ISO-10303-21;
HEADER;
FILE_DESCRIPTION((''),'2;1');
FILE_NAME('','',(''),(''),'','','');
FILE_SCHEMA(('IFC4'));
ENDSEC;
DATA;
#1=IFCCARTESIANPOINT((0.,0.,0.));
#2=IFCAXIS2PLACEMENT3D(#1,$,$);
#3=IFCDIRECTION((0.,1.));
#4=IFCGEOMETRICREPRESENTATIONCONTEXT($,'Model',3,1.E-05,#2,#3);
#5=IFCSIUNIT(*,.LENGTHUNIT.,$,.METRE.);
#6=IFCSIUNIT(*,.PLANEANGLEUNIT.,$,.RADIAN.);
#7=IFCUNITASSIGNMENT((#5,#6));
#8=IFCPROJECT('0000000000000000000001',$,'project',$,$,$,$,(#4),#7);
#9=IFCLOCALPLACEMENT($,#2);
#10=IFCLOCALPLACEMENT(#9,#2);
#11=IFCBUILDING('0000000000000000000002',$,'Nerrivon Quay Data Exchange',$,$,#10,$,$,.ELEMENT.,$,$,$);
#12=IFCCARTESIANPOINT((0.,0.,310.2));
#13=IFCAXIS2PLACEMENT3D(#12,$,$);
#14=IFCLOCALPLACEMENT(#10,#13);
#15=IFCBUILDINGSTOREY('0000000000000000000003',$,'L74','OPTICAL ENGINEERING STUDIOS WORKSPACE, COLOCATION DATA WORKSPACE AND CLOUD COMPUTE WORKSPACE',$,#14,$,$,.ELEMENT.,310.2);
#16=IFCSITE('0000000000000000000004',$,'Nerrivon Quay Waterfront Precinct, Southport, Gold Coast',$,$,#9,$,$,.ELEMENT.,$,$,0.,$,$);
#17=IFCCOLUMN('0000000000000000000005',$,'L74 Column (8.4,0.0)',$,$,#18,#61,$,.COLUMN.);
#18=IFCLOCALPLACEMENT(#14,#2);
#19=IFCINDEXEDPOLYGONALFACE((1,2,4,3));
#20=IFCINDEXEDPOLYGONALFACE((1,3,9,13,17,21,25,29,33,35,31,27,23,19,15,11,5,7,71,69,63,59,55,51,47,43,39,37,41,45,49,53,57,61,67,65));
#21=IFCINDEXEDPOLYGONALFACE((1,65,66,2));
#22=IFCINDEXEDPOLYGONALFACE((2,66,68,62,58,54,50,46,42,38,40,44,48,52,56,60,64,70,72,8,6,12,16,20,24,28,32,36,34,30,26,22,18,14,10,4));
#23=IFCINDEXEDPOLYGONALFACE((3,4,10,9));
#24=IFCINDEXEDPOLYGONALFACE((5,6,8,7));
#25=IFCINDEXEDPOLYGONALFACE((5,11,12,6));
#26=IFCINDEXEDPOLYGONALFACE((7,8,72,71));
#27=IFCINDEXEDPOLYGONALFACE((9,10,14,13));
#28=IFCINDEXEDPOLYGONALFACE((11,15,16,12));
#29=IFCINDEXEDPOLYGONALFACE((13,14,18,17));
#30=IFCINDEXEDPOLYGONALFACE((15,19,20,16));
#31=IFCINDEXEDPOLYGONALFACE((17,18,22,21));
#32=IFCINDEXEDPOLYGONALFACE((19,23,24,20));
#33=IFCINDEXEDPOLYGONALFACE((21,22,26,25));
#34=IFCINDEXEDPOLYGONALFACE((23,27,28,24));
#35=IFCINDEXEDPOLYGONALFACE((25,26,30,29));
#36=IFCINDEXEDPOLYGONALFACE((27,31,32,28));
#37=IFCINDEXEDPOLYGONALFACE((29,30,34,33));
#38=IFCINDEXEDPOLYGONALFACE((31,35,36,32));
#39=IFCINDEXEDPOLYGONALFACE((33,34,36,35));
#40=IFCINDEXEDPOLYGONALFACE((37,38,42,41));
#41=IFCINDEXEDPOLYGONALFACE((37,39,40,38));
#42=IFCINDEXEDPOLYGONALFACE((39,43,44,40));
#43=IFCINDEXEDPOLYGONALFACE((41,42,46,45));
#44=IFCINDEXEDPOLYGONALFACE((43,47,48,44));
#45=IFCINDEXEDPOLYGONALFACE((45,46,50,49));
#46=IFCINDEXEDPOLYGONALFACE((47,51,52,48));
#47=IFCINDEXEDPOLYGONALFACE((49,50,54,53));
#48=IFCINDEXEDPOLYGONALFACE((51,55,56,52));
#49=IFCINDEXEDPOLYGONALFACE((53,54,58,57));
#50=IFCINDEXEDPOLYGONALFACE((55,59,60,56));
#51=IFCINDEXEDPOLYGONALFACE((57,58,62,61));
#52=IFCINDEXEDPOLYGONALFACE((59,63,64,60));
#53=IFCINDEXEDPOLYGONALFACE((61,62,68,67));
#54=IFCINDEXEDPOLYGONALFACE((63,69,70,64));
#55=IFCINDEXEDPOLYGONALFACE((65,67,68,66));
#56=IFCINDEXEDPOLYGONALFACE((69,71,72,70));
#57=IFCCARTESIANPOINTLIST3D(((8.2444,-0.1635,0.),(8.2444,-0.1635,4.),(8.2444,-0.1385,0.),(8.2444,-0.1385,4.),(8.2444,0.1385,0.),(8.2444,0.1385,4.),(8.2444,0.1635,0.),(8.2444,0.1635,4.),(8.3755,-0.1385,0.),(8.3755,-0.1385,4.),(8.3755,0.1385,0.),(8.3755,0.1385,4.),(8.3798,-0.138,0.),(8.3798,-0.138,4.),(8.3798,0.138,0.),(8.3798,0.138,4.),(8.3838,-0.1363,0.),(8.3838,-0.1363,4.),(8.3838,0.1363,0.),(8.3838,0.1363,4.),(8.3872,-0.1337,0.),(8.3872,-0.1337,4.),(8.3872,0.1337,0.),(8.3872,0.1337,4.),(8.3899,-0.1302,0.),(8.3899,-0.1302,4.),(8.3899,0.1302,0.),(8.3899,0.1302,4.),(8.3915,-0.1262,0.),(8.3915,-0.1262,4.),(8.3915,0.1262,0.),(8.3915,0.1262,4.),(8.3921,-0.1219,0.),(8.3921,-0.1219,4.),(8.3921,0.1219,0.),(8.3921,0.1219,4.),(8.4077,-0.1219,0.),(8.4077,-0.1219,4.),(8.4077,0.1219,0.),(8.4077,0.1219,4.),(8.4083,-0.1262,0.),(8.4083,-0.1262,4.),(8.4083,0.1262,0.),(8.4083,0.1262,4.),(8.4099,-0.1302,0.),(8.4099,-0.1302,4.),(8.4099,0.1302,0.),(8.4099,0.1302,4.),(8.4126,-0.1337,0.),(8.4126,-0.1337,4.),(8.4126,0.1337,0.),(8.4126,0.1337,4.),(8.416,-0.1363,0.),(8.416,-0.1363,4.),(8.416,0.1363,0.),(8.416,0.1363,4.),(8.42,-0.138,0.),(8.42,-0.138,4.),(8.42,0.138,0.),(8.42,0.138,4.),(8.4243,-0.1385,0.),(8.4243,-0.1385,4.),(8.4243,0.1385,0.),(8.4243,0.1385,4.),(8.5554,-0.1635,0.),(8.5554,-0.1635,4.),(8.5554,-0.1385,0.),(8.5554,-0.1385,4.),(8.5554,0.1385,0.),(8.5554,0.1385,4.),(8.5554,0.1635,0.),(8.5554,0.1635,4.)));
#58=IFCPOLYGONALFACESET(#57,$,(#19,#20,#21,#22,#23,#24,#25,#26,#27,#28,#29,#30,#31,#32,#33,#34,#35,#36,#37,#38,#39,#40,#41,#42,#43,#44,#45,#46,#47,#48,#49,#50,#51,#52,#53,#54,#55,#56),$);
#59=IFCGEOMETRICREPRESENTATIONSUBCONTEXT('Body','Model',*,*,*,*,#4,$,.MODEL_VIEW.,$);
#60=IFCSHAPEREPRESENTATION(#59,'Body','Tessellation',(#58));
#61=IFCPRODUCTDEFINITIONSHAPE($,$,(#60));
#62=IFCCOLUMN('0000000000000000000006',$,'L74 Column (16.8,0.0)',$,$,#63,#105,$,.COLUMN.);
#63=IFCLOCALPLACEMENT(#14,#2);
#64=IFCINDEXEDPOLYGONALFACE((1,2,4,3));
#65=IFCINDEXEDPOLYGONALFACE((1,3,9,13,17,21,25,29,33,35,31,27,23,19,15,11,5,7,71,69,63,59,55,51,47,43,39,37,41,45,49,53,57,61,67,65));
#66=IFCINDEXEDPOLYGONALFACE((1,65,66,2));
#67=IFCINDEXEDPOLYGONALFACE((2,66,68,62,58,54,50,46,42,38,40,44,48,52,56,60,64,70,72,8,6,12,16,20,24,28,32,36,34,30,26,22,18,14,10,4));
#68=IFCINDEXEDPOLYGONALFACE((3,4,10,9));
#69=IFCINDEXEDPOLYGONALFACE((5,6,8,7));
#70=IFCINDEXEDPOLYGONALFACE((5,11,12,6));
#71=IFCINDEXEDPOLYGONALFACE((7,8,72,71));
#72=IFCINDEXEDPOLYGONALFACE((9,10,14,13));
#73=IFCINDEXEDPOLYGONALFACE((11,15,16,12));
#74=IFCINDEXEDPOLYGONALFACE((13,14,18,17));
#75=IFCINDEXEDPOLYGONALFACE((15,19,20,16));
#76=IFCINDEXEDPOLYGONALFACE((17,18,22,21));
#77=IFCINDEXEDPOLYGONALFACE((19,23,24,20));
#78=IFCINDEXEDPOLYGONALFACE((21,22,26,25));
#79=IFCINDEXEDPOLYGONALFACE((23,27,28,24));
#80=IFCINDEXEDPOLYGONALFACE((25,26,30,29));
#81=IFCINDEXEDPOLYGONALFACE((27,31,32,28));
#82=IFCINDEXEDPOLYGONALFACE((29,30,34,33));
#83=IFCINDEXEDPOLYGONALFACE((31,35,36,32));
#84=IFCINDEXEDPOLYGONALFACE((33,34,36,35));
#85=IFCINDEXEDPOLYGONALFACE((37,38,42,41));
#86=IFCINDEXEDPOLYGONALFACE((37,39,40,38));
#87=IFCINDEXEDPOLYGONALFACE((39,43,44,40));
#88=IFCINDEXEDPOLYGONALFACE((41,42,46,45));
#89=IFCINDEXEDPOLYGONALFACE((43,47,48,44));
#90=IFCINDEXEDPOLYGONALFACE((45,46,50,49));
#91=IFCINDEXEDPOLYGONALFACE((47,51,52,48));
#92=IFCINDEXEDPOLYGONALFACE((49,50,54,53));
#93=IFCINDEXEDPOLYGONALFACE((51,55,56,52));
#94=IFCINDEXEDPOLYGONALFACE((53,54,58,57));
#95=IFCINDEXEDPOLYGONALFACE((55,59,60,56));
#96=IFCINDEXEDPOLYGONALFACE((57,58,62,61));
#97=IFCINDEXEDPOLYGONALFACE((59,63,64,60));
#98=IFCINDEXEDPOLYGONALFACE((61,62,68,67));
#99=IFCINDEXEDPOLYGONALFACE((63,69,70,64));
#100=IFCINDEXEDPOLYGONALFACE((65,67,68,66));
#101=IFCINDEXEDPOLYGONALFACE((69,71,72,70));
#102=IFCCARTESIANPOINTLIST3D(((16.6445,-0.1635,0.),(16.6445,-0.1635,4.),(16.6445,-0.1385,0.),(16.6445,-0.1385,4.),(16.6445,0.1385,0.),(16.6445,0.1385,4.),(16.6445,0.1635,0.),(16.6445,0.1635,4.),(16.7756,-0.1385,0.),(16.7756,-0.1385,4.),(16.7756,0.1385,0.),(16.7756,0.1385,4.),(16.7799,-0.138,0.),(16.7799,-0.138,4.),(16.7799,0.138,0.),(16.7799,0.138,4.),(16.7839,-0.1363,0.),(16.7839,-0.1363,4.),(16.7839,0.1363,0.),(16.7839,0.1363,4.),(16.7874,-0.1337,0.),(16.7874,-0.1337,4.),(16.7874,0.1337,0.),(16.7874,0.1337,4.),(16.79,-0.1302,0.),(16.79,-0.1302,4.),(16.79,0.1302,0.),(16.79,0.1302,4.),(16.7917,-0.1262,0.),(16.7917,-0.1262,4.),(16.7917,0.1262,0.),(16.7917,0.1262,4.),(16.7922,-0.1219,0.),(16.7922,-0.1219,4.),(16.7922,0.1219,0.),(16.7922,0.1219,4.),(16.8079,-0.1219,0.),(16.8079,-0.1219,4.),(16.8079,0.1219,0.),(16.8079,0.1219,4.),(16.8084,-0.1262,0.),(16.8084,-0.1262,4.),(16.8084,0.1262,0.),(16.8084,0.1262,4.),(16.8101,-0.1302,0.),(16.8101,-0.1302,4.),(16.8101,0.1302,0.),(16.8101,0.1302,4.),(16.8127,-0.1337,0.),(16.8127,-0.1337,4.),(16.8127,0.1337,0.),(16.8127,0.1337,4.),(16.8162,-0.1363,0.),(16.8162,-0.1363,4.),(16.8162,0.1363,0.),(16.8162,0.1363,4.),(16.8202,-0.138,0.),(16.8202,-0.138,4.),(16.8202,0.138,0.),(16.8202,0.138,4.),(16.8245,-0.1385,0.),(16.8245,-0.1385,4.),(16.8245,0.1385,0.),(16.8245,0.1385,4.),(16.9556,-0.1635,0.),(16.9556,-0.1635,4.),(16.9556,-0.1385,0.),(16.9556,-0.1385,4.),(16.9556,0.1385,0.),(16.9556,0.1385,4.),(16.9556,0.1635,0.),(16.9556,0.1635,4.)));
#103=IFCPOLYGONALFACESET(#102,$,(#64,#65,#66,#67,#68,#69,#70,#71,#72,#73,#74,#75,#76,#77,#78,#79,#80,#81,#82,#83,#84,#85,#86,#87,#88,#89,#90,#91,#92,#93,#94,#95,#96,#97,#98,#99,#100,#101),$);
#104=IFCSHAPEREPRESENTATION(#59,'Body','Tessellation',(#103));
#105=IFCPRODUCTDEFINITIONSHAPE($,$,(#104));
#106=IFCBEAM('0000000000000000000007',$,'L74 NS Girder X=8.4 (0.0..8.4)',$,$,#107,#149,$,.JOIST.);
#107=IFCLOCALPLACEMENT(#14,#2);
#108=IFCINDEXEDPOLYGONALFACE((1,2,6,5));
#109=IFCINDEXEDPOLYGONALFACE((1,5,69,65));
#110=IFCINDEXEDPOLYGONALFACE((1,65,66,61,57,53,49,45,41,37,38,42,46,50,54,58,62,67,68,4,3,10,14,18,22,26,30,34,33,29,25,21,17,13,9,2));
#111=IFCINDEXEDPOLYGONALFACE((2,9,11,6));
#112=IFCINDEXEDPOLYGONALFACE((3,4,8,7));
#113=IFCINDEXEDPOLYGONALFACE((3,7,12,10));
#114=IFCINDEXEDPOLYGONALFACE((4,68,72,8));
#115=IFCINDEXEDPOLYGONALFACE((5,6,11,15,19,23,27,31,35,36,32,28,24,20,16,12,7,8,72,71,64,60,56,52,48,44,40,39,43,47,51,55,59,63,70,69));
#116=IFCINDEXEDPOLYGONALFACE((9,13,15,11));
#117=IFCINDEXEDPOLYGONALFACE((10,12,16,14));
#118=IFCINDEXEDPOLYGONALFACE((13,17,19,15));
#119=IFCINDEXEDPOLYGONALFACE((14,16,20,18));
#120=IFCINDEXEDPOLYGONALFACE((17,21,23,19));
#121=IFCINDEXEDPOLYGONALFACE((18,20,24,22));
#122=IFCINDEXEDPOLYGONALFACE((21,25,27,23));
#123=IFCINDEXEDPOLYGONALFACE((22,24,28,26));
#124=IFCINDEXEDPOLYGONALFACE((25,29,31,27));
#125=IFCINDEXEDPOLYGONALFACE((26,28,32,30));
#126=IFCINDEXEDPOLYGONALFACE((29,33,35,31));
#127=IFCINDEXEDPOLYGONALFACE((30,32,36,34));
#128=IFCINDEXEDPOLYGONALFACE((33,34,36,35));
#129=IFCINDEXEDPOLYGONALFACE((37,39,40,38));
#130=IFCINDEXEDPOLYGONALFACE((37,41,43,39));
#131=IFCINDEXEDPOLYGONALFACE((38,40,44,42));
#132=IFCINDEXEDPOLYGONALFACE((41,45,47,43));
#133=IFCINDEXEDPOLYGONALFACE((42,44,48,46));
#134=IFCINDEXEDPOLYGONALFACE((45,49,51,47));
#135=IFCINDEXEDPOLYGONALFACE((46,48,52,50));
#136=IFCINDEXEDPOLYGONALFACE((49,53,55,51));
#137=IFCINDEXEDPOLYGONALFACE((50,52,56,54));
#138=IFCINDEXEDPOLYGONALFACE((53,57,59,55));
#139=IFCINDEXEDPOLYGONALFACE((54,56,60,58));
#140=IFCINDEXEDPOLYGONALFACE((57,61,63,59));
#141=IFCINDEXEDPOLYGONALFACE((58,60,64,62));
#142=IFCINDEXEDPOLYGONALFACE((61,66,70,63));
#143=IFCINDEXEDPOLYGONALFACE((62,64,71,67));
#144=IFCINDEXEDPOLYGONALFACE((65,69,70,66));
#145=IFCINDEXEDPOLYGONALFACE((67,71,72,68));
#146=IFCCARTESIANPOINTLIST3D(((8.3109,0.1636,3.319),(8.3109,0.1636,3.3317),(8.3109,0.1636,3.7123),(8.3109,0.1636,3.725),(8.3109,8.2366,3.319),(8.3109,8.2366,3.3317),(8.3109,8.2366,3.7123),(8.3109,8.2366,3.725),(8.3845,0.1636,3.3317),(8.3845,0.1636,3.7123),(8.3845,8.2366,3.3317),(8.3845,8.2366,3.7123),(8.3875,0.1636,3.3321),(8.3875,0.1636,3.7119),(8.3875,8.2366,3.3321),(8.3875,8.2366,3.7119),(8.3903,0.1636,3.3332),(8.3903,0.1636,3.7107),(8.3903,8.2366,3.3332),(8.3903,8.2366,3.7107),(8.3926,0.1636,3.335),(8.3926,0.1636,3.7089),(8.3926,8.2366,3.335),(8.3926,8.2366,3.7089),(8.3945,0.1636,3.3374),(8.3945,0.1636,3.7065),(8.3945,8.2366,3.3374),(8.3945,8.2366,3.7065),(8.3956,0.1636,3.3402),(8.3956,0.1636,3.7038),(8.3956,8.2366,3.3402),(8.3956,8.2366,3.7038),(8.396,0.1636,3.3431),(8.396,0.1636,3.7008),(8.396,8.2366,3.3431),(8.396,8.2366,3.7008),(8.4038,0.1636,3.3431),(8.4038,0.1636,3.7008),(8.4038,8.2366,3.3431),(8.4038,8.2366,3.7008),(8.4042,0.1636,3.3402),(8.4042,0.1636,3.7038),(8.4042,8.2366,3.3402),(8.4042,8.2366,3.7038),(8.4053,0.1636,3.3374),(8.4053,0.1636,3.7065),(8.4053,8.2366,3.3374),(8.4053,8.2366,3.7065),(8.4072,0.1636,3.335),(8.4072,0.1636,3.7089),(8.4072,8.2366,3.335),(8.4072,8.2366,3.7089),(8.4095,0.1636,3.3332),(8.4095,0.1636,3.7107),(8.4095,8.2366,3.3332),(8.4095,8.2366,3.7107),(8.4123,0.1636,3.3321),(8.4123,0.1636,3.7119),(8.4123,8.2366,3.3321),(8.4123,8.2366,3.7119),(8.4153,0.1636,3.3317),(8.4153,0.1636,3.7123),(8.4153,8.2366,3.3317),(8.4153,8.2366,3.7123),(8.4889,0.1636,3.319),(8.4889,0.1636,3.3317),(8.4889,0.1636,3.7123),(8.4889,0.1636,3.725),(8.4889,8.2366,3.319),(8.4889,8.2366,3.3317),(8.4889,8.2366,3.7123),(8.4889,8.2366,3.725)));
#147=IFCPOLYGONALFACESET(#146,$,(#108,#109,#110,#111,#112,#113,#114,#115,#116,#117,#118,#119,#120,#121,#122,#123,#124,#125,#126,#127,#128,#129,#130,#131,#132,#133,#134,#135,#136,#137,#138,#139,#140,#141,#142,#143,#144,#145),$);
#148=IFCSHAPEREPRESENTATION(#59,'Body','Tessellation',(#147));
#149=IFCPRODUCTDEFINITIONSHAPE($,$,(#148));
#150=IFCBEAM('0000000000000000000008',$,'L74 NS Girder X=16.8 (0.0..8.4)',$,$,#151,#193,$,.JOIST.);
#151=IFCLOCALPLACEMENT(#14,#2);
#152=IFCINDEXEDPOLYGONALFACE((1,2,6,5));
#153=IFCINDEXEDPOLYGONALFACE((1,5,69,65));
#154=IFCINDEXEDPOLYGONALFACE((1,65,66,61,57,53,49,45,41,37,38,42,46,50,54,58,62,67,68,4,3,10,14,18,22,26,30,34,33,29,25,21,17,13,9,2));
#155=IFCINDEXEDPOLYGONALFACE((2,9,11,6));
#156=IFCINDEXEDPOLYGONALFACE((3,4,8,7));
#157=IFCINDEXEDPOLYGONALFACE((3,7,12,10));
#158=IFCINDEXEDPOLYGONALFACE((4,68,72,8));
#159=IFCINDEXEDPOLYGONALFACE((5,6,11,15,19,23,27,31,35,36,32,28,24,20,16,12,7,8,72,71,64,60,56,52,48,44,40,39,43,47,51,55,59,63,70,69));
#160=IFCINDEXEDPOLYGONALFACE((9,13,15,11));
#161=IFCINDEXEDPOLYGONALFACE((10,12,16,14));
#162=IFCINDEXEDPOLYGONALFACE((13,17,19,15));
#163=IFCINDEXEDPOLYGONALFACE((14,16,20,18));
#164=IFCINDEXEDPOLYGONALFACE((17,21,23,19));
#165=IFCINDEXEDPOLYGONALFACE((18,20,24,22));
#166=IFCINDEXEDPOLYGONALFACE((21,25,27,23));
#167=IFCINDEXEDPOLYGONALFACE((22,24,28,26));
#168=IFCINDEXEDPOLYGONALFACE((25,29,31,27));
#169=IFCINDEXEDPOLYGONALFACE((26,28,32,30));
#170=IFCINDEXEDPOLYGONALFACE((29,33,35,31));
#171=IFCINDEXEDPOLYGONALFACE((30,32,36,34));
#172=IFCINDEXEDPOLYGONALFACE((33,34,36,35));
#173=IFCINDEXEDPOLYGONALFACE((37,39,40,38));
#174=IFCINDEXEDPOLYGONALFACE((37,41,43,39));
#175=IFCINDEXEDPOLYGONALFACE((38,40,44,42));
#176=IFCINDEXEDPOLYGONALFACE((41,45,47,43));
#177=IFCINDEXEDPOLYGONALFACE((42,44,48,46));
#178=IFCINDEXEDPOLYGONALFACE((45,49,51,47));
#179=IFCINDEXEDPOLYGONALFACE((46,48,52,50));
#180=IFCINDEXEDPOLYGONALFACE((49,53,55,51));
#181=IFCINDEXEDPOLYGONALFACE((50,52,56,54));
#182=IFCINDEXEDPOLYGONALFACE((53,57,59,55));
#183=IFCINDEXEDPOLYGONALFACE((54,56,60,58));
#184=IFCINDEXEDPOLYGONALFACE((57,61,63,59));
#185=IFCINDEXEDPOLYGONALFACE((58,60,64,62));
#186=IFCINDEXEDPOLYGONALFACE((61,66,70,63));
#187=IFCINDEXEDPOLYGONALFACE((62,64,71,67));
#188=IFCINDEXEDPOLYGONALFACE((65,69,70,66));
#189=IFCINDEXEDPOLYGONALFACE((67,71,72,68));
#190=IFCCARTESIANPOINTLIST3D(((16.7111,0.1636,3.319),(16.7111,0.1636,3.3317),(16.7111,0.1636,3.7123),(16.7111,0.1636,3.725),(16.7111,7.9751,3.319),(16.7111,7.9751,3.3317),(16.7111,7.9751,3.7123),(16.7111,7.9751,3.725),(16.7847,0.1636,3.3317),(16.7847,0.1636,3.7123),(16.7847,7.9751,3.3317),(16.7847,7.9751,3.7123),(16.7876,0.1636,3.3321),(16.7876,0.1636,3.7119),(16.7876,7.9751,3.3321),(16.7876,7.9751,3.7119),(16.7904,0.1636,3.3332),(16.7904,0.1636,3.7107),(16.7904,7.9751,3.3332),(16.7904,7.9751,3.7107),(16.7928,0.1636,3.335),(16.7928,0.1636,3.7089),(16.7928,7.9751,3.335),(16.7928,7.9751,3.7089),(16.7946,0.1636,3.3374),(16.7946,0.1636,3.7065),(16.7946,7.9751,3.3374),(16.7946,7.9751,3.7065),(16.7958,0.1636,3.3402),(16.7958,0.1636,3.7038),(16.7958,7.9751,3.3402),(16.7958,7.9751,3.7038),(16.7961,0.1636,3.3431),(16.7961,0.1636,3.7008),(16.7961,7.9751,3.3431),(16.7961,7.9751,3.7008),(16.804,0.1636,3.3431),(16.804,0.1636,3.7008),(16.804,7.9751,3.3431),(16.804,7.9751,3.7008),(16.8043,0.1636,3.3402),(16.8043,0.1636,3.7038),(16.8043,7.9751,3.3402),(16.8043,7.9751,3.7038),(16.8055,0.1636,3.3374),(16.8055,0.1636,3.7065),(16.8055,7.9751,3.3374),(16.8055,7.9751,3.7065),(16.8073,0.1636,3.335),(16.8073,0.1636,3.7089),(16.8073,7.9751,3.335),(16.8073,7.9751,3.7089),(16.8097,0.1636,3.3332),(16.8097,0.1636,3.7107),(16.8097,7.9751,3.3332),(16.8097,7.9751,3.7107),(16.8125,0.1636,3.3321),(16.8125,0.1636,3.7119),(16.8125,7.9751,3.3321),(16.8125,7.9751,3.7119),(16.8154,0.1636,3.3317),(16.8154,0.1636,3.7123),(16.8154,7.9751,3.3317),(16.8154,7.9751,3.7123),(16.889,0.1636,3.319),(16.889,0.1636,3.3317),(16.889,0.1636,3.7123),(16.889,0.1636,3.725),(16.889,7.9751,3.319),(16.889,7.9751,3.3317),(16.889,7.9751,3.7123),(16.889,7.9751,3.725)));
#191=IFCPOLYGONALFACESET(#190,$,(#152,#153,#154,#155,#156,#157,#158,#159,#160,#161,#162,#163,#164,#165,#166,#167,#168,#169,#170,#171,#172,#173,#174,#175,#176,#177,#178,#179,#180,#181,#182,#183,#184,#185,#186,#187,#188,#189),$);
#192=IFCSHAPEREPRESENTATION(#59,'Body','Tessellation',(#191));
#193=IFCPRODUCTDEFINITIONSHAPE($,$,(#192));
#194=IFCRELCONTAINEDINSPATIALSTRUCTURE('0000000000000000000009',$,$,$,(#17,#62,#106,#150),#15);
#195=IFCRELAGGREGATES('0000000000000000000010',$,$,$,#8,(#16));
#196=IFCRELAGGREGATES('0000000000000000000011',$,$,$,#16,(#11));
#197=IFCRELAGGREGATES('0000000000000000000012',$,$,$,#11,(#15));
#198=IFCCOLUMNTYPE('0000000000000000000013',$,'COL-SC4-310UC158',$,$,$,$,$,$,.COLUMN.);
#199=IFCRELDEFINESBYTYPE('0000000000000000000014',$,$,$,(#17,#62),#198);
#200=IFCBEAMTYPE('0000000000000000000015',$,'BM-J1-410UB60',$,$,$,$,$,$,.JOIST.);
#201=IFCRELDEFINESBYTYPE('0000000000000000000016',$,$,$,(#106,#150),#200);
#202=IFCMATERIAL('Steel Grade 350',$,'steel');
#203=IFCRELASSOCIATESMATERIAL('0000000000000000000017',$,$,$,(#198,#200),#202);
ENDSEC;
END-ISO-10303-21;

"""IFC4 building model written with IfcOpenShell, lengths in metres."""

from ifc_helpers import new_model, si_unit, direction, frame, origin, origin_2d, place, context, subcontext, project, spatial, i_section, extrude, material, material_profile, profile_set, type_object, element, save


model = new_model("IFC4")

# Units and contexts
model_context = context("Model", 3, precision=1e-05, world=origin(), true_north=direction((0.0, 1.0)))
body_context = subcontext(model_context, "Body", "Model", "MODEL_VIEW")
ifc_project = project(units=[si_unit("LENGTHUNIT", "METRE"), si_unit("PLANEANGLEUNIT", "RADIAN")], contexts=[model_context])

# Site, building, storey
site_placement = place(None, origin())
site = spatial("IfcSite", under=ifc_project, at=site_placement, Name="Nerrivon Quay Waterfront Precinct, Southport, Gold Coast", CompositionType="ELEMENT", RefElevation=0.0)
building_placement = place(site_placement, origin())
building = spatial("IfcBuilding", under=site, at=building_placement, Name="Nerrivon Quay Data Exchange", CompositionType="ELEMENT")
storey_placement = place(building_placement, frame((0.0, 0.0, 310.2)))
storey = spatial("IfcBuildingStorey", under=building, at=storey_placement, Name="L74", Description="OPTICAL ENGINEERING STUDIOS WORKSPACE, COLOCATION DATA WORKSPACE AND CLOUD COMPUTE WORKSPACE", CompositionType="ELEMENT", Elevation=310.2)

# Columns
ifc_material_1 = material(Name="Steel Grade 350", Category="steel")
ifc_material_profile_1 = material_profile(ifc_material_1, i_section(OverallWidth=0.311, OverallDepth=0.3269, WebThickness=0.0156, FlangeThickness=0.0249, FilletRadius=0.0166, at=origin_2d()), Name="310UC158")
ifc_profile_set_1 = profile_set([ifc_material_profile_1], Name="Steel Grade 350")
column_type = type_object("IfcColumnType", Name="COL-SC4-310UC158", PredefinedType="COLUMN", material=ifc_profile_set_1)
for number, where, z_axis, x_axis, name in (
    (1, (8.3999, 0.0, 0.0), (0.0, 0.0, 1.0), (1.0, 0.0, 0.0), "L74 Column (8.4,0.0)"),
    (2, (16.8, 0.0, 0.0), (0.0, 0.0, 1.0), (1.0, 0.0, 0.0), "L74 Column (16.8,0.0)"),
):
    element("IfcColumn", number, at=place(storey_placement, frame(where, z_axis=z_axis, x_axis=x_axis)), inside=storey, type_object=column_type, Name=name, PredefinedType="COLUMN", context=body_context, shape_type="SweptSolid", body=[
        extrude(i_section(OverallWidth=0.311, OverallDepth=0.3269, WebThickness=0.0156, FlangeThickness=0.0249, FilletRadius=0.0166, at=origin_2d()), origin(), (0.0, 0.0, 1.0), 4.0),
    ])

# Beams
ifc_material_profile_2 = material_profile(ifc_material_1, i_section(OverallWidth=0.178, OverallDepth=0.406, WebThickness=0.0078, FlangeThickness=0.0127, FilletRadius=0.0115, at=origin_2d()), Name="410UB59.7")
ifc_profile_set_2 = profile_set([ifc_material_profile_2], Name="Steel Grade 350")
beam_type_1 = type_object("IfcBeamType", Name="BM-J1-410UB60", PredefinedType="JOIST", material=ifc_profile_set_2)
beam_1_placement = place(storey_placement, frame((8.3999, 0.1636, 3.522), z_axis=(0.0, 1.0, 0.0), x_axis=(-1.0, 0.0, 0.0)))
element("IfcBeam", 3, at=beam_1_placement, inside=storey, type_object=beam_type_1, Name="L74 NS Girder X=8.4 (0.0..8.4)", PredefinedType="JOIST", context=body_context, shape_type="SweptSolid", body=[
    extrude(i_section(OverallWidth=0.178, OverallDepth=0.406, WebThickness=0.0078, FlangeThickness=0.0127, FilletRadius=0.0115, at=origin_2d()), origin(), (0.0, 0.0, 1.0), 8.073),
])
beam_2_placement = place(storey_placement, frame((16.8, 0.1636, 3.522), z_axis=(0.0, 1.0, 0.0), x_axis=(-1.0, 0.0, 0.0)))
element("IfcBeam", 4, at=beam_2_placement, inside=storey, type_object=beam_type_1, Name="L74 NS Girder X=16.8 (0.0..8.4)", PredefinedType="JOIST", context=body_context, shape_type="SweptSolid", body=[
    extrude(i_section(OverallWidth=0.178, OverallDepth=0.406, WebThickness=0.0078, FlangeThickness=0.0127, FilletRadius=0.0115, at=origin_2d()), origin(), (0.0, 0.0, 1.0), 7.8115),
])

save(model, "model.ifc")
